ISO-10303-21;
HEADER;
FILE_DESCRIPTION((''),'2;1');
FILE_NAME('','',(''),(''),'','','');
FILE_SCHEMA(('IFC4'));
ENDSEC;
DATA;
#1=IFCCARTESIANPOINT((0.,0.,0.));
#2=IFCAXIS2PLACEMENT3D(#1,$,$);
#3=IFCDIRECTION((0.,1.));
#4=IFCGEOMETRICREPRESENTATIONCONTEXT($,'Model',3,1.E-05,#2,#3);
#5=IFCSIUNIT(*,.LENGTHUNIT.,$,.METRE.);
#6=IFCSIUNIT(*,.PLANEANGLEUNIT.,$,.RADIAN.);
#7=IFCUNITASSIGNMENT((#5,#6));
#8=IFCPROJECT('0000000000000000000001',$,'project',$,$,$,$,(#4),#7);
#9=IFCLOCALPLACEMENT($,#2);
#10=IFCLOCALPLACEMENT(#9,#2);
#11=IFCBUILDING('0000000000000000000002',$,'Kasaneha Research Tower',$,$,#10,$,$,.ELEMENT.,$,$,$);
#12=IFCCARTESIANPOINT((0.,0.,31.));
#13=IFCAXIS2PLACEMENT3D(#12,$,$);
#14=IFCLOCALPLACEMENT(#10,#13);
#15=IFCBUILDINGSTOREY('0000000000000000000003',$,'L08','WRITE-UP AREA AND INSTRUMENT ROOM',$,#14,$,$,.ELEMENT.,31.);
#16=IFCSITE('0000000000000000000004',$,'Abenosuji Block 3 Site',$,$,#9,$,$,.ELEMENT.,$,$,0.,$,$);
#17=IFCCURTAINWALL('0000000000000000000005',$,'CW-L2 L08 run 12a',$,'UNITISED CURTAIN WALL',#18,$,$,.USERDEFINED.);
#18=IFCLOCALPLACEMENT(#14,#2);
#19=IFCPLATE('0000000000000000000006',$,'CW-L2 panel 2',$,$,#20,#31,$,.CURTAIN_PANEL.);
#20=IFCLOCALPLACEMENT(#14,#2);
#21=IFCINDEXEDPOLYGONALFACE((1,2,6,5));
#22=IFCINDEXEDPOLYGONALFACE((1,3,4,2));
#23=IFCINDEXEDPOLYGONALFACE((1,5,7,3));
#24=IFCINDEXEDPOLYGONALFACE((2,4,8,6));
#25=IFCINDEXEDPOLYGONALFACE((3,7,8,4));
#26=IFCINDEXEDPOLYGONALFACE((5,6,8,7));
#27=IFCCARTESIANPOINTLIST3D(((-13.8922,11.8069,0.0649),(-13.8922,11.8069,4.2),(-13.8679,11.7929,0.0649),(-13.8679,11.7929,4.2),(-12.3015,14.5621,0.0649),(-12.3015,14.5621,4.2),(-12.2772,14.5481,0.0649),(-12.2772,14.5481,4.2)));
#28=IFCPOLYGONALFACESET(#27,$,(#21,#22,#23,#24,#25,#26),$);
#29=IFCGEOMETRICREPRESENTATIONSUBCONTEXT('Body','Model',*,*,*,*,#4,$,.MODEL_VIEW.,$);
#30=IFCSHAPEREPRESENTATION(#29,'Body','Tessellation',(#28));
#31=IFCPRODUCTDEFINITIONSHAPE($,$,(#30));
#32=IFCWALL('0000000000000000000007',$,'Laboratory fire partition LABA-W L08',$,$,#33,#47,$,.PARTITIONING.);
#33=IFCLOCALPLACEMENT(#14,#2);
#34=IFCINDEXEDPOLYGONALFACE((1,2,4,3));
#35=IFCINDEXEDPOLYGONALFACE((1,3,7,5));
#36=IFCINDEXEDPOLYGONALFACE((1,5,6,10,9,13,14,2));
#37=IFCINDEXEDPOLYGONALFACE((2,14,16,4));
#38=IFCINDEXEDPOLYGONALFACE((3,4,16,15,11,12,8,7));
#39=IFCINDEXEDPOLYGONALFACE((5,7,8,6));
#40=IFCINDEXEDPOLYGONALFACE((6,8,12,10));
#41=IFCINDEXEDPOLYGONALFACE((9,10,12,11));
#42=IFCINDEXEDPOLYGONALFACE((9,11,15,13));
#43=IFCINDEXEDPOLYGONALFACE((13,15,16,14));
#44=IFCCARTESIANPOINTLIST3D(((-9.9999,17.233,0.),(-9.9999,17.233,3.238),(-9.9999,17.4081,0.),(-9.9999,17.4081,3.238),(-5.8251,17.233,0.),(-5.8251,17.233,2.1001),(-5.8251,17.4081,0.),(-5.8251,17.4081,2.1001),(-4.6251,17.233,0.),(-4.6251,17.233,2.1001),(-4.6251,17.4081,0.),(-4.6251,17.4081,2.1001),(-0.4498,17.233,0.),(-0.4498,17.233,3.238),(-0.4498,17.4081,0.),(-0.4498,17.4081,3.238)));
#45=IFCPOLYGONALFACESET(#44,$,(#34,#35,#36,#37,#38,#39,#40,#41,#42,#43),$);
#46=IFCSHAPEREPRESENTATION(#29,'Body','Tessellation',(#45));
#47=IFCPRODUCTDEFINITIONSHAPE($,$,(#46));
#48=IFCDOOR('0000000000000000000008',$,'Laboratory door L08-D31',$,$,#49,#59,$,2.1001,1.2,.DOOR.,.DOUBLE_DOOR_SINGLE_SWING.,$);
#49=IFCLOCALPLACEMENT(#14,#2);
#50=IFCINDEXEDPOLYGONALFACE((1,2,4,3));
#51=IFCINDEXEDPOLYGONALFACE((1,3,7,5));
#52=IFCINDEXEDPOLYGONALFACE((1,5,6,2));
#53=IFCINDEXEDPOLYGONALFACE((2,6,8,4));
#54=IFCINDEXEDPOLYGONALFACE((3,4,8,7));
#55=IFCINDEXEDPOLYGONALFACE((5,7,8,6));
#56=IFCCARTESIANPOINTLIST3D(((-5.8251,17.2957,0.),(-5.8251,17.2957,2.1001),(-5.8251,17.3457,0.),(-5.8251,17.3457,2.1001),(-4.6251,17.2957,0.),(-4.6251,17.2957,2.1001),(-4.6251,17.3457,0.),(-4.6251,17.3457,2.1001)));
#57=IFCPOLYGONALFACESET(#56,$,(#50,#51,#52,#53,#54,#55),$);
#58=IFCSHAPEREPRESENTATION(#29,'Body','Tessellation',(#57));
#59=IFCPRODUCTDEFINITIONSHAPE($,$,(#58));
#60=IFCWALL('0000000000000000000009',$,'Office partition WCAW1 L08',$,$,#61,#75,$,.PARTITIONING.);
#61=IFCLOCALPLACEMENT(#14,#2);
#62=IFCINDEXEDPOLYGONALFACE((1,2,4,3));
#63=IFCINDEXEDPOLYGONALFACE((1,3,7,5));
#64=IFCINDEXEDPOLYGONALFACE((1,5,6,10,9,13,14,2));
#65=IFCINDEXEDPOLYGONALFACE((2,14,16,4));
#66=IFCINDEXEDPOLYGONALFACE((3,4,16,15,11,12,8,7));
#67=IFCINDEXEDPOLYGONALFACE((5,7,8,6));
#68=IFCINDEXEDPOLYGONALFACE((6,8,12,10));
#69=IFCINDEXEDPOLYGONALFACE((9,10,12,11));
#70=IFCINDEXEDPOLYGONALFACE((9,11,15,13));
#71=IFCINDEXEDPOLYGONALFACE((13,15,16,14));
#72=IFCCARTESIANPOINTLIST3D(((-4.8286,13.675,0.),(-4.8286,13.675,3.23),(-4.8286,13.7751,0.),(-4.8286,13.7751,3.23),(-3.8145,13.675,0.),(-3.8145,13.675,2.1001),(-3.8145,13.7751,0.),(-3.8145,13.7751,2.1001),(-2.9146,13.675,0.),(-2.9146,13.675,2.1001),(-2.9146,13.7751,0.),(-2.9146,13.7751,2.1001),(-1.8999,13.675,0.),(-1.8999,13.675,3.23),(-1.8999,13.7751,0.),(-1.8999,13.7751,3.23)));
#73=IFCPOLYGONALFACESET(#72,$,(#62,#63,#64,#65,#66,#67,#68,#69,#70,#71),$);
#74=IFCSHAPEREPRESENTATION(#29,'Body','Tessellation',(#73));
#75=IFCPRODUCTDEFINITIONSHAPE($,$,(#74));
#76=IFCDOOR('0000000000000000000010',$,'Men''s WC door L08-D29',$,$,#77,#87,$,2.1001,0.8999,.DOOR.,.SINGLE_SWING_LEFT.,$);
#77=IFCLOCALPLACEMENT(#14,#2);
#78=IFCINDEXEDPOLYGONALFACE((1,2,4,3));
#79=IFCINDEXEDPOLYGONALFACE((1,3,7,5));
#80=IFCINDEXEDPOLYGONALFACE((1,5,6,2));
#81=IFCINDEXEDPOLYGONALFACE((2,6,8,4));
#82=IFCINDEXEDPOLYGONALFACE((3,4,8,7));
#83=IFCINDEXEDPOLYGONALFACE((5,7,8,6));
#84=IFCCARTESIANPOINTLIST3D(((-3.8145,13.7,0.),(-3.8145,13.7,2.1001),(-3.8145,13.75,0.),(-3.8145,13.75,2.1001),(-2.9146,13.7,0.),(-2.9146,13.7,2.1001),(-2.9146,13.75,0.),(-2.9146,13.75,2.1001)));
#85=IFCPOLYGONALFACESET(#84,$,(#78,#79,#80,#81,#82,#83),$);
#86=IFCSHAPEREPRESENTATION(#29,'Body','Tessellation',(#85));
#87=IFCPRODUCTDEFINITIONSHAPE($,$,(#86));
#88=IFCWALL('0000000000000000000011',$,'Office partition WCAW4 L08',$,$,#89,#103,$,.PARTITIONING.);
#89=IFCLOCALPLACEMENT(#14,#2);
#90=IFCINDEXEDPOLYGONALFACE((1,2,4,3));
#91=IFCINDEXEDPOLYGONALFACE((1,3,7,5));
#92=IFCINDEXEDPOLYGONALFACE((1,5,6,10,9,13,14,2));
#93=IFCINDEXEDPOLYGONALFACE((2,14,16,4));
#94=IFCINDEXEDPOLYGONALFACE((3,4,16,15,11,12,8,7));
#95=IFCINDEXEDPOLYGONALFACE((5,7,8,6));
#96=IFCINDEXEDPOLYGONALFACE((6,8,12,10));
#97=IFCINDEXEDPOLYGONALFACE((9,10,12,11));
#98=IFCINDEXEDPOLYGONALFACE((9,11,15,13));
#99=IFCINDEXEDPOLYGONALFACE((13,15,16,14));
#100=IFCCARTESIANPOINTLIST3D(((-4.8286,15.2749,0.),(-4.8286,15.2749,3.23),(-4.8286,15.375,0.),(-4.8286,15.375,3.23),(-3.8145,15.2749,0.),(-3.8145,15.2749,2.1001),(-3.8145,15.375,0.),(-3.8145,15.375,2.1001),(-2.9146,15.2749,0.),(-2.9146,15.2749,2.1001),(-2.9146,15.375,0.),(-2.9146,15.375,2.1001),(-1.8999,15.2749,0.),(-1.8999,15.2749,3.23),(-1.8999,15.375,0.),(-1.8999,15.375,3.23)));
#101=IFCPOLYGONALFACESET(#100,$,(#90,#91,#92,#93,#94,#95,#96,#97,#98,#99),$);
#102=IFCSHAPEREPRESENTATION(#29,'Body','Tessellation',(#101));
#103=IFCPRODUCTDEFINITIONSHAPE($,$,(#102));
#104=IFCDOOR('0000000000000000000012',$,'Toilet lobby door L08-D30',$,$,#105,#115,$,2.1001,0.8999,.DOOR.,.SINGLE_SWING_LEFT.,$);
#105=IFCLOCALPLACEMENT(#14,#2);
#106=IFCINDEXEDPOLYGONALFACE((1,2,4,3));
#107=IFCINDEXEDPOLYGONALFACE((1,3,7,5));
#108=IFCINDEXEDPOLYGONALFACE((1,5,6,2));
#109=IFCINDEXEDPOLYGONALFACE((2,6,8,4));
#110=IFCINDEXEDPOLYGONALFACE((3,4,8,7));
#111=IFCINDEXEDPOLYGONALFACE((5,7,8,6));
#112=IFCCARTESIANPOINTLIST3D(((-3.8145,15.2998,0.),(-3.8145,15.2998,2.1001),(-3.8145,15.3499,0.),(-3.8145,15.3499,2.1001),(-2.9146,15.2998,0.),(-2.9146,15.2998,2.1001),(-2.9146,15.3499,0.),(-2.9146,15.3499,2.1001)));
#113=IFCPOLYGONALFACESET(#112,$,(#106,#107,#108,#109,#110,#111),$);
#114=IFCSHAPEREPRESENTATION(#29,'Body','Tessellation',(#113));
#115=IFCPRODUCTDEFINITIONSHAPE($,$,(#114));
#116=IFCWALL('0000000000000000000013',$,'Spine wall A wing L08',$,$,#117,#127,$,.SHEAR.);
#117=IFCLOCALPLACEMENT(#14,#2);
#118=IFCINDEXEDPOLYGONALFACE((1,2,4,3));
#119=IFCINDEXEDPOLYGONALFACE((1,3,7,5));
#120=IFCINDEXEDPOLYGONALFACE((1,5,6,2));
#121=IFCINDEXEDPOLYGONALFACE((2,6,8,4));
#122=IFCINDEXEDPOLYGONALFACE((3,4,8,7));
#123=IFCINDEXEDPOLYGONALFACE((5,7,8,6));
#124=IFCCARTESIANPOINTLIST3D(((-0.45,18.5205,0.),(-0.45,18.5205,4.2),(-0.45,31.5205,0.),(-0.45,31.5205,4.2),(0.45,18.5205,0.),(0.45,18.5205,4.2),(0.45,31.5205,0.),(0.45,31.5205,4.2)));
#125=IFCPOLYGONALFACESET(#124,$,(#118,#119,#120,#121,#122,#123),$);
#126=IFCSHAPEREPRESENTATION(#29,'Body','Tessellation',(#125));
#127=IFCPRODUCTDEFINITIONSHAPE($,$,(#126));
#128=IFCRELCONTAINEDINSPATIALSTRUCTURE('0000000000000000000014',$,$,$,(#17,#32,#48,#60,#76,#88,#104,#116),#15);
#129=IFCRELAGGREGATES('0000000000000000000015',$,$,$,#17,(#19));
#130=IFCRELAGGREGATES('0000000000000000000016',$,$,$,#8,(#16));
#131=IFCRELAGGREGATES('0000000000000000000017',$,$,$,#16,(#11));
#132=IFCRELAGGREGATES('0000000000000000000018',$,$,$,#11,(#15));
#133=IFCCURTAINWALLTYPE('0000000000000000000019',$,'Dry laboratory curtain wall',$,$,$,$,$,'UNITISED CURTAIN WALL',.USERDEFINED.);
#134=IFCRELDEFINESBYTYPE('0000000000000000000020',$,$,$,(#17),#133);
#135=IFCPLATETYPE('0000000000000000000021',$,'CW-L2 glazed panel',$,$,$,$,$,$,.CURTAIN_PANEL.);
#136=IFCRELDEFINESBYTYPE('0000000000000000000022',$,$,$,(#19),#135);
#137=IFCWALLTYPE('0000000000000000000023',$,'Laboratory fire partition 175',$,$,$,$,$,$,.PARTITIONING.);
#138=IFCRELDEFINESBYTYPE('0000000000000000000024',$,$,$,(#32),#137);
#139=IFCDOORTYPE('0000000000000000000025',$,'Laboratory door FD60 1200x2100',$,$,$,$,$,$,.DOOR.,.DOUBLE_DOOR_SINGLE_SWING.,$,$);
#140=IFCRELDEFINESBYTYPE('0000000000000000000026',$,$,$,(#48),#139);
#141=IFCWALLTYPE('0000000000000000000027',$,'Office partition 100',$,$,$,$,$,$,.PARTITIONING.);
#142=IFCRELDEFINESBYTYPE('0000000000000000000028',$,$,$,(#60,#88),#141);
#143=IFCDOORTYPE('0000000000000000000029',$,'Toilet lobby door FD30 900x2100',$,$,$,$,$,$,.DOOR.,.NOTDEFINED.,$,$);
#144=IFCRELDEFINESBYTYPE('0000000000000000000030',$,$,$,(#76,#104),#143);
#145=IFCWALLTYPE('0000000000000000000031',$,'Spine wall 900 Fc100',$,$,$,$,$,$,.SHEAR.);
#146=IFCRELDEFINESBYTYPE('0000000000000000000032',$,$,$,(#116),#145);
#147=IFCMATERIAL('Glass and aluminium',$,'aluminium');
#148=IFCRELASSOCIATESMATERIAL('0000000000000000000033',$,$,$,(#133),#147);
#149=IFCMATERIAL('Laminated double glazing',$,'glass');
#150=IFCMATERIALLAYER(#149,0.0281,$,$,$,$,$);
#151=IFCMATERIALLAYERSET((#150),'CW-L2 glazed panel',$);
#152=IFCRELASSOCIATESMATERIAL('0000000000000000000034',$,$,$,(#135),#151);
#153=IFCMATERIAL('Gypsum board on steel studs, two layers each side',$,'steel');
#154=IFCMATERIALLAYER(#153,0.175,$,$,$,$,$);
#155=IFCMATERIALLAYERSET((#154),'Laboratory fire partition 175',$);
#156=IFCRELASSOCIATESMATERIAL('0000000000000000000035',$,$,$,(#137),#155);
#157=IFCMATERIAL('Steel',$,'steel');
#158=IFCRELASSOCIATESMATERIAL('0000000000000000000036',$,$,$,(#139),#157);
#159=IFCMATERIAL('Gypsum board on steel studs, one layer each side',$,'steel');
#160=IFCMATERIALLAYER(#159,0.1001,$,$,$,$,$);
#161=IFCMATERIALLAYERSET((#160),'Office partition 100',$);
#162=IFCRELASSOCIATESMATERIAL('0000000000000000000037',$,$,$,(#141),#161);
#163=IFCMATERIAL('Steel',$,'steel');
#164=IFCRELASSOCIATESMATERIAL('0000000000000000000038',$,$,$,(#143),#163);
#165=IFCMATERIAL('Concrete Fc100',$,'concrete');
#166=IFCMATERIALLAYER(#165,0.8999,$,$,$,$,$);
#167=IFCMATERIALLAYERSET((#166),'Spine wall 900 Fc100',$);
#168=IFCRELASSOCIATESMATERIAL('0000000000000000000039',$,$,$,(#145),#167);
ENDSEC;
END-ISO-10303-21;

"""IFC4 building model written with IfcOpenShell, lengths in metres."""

from ifc_helpers import new_model, si_unit, direction, frame, frame_2d, origin, origin_2d, place, context, subcontext, project, spatial, rectangle, extrude, material, layer, layer_set, type_object, element, fill, aggregate, save


model = new_model("IFC4")

# Units and contexts
model_context = context("Model", 3, precision=1e-05, world=origin(), true_north=direction((0.0, 1.0)))
body_context = subcontext(model_context, "Body", "Model", "MODEL_VIEW")
ifc_project = project(units=[si_unit("LENGTHUNIT", "METRE"), si_unit("PLANEANGLEUNIT", "RADIAN")], contexts=[model_context])

# Site, building, storey
site_placement = place(None, origin())
site = spatial("IfcSite", under=ifc_project, at=site_placement, Name="Abenosuji Block 3 Site", CompositionType="ELEMENT", RefElevation=0.0)
building_placement = place(site_placement, origin())
building = spatial("IfcBuilding", under=site, at=building_placement, Name="Kasaneha Research Tower", CompositionType="ELEMENT")
storey_placement = place(building_placement, frame((0.0, 0.0, 31.0)))
storey = spatial("IfcBuildingStorey", under=building, at=storey_placement, Name="L08", Description="WRITE-UP AREA AND INSTRUMENT ROOM", CompositionType="ELEMENT", Elevation=31.0)

# Curtain wall
ifc_material_1 = material(Name="Glass and aluminium", Category="aluminium")
curtain_wall_type = type_object("IfcCurtainWallType", Name="Dry laboratory curtain wall", ElementType="UNITISED CURTAIN WALL", PredefinedType="USERDEFINED", material=ifc_material_1)
curtain_wall_1_placement = place(storey_placement, origin())
curtain_wall_1 = element("IfcCurtainWall", 1, at=curtain_wall_1_placement, inside=storey, type_object=curtain_wall_type, Name="CW-L2 L08 run 12a", ObjectType="UNITISED CURTAIN WALL", PredefinedType="USERDEFINED")

# Plate
ifc_material_2 = material(Name="Laminated double glazing", Category="glass")
ifc_layer_1 = layer(ifc_material_2, 0.0281)
ifc_layer_set_1 = layer_set([ifc_layer_1], Name="CW-L2 glazed panel")
plate_type = type_object("IfcPlateType", Name="CW-L2 glazed panel", PredefinedType="CURTAIN_PANEL", material=ifc_layer_set_1)
plate_1_placement = place(storey_placement, frame((-13.0847, 13.1775, 0.0649), z_axis=(0.0, 0.0, 1.0), x_axis=(-0.5, -0.866025, 0.0)))
plate_1 = element("IfcPlate", 2, at=plate_1_placement, type_object=plate_type, Name="CW-L2 panel 2", PredefinedType="CURTAIN_PANEL", context=body_context, shape_type="SweptSolid", body=[
    extrude(rectangle(XDim=3.1814, YDim=0.0281, at=origin_2d()), origin(), (0.0, 0.0, 1.0), 4.135),
])
aggregate(curtain_wall_1, [plate_1])

# Walls, openings, doors
ifc_material_3 = material(Name="Gypsum board on steel studs, two layers each side", Category="steel")
ifc_layer_2 = layer(ifc_material_3, 0.175)
ifc_layer_set_2 = layer_set([ifc_layer_2], Name="Laboratory fire partition 175")
wall_type_1 = type_object("IfcWallType", Name="Laboratory fire partition 175", PredefinedType="PARTITIONING", material=ifc_layer_set_2)
wall_1_placement = place(storey_placement, frame((-0.45, 17.3206, 0.0), z_axis=(0.0, 0.0, 1.0), x_axis=(-1.0, 0.0, 0.0)))
wall_1 = element("IfcWall", 3, at=wall_1_placement, inside=storey, type_object=wall_type_1, Name="Laboratory fire partition LABA-W L08", PredefinedType="PARTITIONING", context=body_context, shape_type="SweptSolid", body=[
    extrude(rectangle(XDim=9.55, YDim=0.175, at=frame_2d((4.7749, 0.0))), origin(), (0.0, 0.0, 1.0), 3.238),
])
opening_1_placement = place(wall_1_placement, frame((4.175, 0.0, 0.0)))
opening_1 = element("IfcOpeningElement", 4, at=opening_1_placement, cuts=wall_1, PredefinedType="OPENING", context=body_context, shape_type="SweptSolid", body=[
    extrude(rectangle(XDim=1.2, YDim=2.1001, at=frame_2d((0.6001, 1.05))), frame((0.0, 0.0977, 0.0), z_axis=(0.0, -1.0, 0.0), x_axis=(1.0, 0.0, 0.0)), (0.0, 0.0, 1.0), 0.1951),
])
ifc_material_4 = material(Name="Steel", Category="steel")
door_type_1 = type_object("IfcDoorType", Name="Laboratory door FD60 1200x2100", OperationType="DOUBLE_DOOR_SINGLE_SWING", PredefinedType="DOOR", material=ifc_material_4)
door_1_placement = place(opening_1_placement, origin())
door_1 = element("IfcDoor", 5, at=door_1_placement, inside=storey, type_object=door_type_1, Name="Laboratory door L08-D31", OperationType="DOUBLE_DOOR_SINGLE_SWING", OverallHeight=2.1001, OverallWidth=1.2, PredefinedType="DOOR", context=body_context, shape_type="SweptSolid", body=[
    extrude(rectangle(XDim=1.2, YDim=2.1001, at=frame_2d((0.6001, 1.05))), frame((0.0, 0.0249, 0.0), z_axis=(0.0, -1.0, 0.0), x_axis=(1.0, 0.0, 0.0)), (0.0, 0.0, 1.0), 0.05),
])
fill(opening_1, door_1)
ifc_material_5 = material(Name="Gypsum board on steel studs, one layer each side", Category="steel")
ifc_layer_3 = layer(ifc_material_5, 0.1001)
ifc_layer_set_3 = layer_set([ifc_layer_3], Name="Office partition 100")
wall_type_2 = type_object("IfcWallType", Name="Office partition 100", PredefinedType="PARTITIONING", material=ifc_layer_set_3)
wall_2_placement = place(storey_placement, frame((-4.8286, 13.7251, 0.0), z_axis=(0.0, 0.0, 1.0), x_axis=(1.0, 0.0, 0.0)))
wall_2 = element("IfcWall", 6, at=wall_2_placement, inside=storey, type_object=wall_type_2, Name="Office partition WCAW1 L08", PredefinedType="PARTITIONING", context=body_context, shape_type="SweptSolid", body=[
    extrude(rectangle(XDim=2.9287, YDim=0.1001, at=frame_2d((1.4644, 0.0))), origin(), (0.0, 0.0, 1.0), 3.23),
])
opening_2_placement = place(wall_2_placement, frame((1.0142, 0.0, 0.0)))
opening_2 = element("IfcOpeningElement", 7, at=opening_2_placement, cuts=wall_2, PredefinedType="OPENING", context=body_context, shape_type="SweptSolid", body=[
    extrude(rectangle(XDim=0.8999, YDim=2.1001, at=frame_2d((0.45, 1.05))), frame((0.0, 0.0601, 0.0), z_axis=(0.0, -1.0, 0.0), x_axis=(1.0, 0.0, 0.0)), (0.0, 0.0, 1.0), 0.1201),
])
ifc_material_6 = material(Name="Steel", Category="steel")
door_type_2 = type_object("IfcDoorType", Name="Toilet lobby door FD30 900x2100", OperationType="NOTDEFINED", PredefinedType="DOOR", material=ifc_material_6)
door_2_placement = place(opening_2_placement, origin())
door_2 = element("IfcDoor", 8, at=door_2_placement, inside=storey, type_object=door_type_2, Name="Men's WC door L08-D29", OperationType="SINGLE_SWING_LEFT", OverallHeight=2.1001, OverallWidth=0.8999, PredefinedType="DOOR", context=body_context, shape_type="SweptSolid", body=[
    extrude(rectangle(XDim=0.8999, YDim=2.1001, at=frame_2d((0.45, 1.05))), frame((0.0, 0.0249, 0.0), z_axis=(0.0, -1.0, 0.0), x_axis=(1.0, 0.0, 0.0)), (0.0, 0.0, 1.0), 0.05),
])
fill(opening_2, door_2)
wall_3_placement = place(storey_placement, frame((-4.8286, 15.325, 0.0), z_axis=(0.0, 0.0, 1.0), x_axis=(1.0, 0.0, 0.0)))
wall_3 = element("IfcWall", 9, at=wall_3_placement, inside=storey, type_object=wall_type_2, Name="Office partition WCAW4 L08", PredefinedType="PARTITIONING", context=body_context, shape_type="SweptSolid", body=[
    extrude(rectangle(XDim=2.9287, YDim=0.1001, at=frame_2d((1.4644, 0.0))), origin(), (0.0, 0.0, 1.0), 3.23),
])
opening_3_placement = place(wall_3_placement, frame((1.0142, 0.0, 0.0)))
opening_3 = element("IfcOpeningElement", 10, at=opening_3_placement, cuts=wall_3, PredefinedType="OPENING", context=body_context, shape_type="SweptSolid", body=[
    extrude(rectangle(XDim=0.8999, YDim=2.1001, at=frame_2d((0.45, 1.05))), frame((0.0, 0.0601, 0.0), z_axis=(0.0, -1.0, 0.0), x_axis=(1.0, 0.0, 0.0)), (0.0, 0.0, 1.0), 0.1201),
])
door_3_placement = place(opening_3_placement, origin())
door_3 = element("IfcDoor", 11, at=door_3_placement, inside=storey, type_object=door_type_2, Name="Toilet lobby door L08-D30", OperationType="SINGLE_SWING_LEFT", OverallHeight=2.1001, OverallWidth=0.8999, PredefinedType="DOOR", context=body_context, shape_type="SweptSolid", body=[
    extrude(rectangle(XDim=0.8999, YDim=2.1001, at=frame_2d((0.45, 1.05))), frame((0.0, 0.0249, 0.0), z_axis=(0.0, -1.0, 0.0), x_axis=(1.0, 0.0, 0.0)), (0.0, 0.0, 1.0), 0.05),
])
fill(opening_3, door_3)

# Wall
ifc_material_7 = material(Name="Concrete Fc100", Category="concrete")
ifc_layer_4 = layer(ifc_material_7, 0.8999)
ifc_layer_set_4 = layer_set([ifc_layer_4], Name="Spine wall 900 Fc100")
wall_type_3 = type_object("IfcWallType", Name="Spine wall 900 Fc100", PredefinedType="SHEAR", material=ifc_layer_set_4)
wall_4_placement = place(storey_placement, frame((0.0, 18.5205, 0.0), z_axis=(0.0, 0.0, 1.0), x_axis=(0.0, 1.0, 0.0)))
element("IfcWall", 12, at=wall_4_placement, inside=storey, type_object=wall_type_3, Name="Spine wall A wing L08", PredefinedType="SHEAR", context=body_context, shape_type="SweptSolid", body=[
    extrude(rectangle(XDim=13.0, YDim=0.8999, at=frame_2d((6.5, 0.0))), origin(), (0.0, 0.0, 1.0), 4.2),
])

save(model, "model.ifc")
